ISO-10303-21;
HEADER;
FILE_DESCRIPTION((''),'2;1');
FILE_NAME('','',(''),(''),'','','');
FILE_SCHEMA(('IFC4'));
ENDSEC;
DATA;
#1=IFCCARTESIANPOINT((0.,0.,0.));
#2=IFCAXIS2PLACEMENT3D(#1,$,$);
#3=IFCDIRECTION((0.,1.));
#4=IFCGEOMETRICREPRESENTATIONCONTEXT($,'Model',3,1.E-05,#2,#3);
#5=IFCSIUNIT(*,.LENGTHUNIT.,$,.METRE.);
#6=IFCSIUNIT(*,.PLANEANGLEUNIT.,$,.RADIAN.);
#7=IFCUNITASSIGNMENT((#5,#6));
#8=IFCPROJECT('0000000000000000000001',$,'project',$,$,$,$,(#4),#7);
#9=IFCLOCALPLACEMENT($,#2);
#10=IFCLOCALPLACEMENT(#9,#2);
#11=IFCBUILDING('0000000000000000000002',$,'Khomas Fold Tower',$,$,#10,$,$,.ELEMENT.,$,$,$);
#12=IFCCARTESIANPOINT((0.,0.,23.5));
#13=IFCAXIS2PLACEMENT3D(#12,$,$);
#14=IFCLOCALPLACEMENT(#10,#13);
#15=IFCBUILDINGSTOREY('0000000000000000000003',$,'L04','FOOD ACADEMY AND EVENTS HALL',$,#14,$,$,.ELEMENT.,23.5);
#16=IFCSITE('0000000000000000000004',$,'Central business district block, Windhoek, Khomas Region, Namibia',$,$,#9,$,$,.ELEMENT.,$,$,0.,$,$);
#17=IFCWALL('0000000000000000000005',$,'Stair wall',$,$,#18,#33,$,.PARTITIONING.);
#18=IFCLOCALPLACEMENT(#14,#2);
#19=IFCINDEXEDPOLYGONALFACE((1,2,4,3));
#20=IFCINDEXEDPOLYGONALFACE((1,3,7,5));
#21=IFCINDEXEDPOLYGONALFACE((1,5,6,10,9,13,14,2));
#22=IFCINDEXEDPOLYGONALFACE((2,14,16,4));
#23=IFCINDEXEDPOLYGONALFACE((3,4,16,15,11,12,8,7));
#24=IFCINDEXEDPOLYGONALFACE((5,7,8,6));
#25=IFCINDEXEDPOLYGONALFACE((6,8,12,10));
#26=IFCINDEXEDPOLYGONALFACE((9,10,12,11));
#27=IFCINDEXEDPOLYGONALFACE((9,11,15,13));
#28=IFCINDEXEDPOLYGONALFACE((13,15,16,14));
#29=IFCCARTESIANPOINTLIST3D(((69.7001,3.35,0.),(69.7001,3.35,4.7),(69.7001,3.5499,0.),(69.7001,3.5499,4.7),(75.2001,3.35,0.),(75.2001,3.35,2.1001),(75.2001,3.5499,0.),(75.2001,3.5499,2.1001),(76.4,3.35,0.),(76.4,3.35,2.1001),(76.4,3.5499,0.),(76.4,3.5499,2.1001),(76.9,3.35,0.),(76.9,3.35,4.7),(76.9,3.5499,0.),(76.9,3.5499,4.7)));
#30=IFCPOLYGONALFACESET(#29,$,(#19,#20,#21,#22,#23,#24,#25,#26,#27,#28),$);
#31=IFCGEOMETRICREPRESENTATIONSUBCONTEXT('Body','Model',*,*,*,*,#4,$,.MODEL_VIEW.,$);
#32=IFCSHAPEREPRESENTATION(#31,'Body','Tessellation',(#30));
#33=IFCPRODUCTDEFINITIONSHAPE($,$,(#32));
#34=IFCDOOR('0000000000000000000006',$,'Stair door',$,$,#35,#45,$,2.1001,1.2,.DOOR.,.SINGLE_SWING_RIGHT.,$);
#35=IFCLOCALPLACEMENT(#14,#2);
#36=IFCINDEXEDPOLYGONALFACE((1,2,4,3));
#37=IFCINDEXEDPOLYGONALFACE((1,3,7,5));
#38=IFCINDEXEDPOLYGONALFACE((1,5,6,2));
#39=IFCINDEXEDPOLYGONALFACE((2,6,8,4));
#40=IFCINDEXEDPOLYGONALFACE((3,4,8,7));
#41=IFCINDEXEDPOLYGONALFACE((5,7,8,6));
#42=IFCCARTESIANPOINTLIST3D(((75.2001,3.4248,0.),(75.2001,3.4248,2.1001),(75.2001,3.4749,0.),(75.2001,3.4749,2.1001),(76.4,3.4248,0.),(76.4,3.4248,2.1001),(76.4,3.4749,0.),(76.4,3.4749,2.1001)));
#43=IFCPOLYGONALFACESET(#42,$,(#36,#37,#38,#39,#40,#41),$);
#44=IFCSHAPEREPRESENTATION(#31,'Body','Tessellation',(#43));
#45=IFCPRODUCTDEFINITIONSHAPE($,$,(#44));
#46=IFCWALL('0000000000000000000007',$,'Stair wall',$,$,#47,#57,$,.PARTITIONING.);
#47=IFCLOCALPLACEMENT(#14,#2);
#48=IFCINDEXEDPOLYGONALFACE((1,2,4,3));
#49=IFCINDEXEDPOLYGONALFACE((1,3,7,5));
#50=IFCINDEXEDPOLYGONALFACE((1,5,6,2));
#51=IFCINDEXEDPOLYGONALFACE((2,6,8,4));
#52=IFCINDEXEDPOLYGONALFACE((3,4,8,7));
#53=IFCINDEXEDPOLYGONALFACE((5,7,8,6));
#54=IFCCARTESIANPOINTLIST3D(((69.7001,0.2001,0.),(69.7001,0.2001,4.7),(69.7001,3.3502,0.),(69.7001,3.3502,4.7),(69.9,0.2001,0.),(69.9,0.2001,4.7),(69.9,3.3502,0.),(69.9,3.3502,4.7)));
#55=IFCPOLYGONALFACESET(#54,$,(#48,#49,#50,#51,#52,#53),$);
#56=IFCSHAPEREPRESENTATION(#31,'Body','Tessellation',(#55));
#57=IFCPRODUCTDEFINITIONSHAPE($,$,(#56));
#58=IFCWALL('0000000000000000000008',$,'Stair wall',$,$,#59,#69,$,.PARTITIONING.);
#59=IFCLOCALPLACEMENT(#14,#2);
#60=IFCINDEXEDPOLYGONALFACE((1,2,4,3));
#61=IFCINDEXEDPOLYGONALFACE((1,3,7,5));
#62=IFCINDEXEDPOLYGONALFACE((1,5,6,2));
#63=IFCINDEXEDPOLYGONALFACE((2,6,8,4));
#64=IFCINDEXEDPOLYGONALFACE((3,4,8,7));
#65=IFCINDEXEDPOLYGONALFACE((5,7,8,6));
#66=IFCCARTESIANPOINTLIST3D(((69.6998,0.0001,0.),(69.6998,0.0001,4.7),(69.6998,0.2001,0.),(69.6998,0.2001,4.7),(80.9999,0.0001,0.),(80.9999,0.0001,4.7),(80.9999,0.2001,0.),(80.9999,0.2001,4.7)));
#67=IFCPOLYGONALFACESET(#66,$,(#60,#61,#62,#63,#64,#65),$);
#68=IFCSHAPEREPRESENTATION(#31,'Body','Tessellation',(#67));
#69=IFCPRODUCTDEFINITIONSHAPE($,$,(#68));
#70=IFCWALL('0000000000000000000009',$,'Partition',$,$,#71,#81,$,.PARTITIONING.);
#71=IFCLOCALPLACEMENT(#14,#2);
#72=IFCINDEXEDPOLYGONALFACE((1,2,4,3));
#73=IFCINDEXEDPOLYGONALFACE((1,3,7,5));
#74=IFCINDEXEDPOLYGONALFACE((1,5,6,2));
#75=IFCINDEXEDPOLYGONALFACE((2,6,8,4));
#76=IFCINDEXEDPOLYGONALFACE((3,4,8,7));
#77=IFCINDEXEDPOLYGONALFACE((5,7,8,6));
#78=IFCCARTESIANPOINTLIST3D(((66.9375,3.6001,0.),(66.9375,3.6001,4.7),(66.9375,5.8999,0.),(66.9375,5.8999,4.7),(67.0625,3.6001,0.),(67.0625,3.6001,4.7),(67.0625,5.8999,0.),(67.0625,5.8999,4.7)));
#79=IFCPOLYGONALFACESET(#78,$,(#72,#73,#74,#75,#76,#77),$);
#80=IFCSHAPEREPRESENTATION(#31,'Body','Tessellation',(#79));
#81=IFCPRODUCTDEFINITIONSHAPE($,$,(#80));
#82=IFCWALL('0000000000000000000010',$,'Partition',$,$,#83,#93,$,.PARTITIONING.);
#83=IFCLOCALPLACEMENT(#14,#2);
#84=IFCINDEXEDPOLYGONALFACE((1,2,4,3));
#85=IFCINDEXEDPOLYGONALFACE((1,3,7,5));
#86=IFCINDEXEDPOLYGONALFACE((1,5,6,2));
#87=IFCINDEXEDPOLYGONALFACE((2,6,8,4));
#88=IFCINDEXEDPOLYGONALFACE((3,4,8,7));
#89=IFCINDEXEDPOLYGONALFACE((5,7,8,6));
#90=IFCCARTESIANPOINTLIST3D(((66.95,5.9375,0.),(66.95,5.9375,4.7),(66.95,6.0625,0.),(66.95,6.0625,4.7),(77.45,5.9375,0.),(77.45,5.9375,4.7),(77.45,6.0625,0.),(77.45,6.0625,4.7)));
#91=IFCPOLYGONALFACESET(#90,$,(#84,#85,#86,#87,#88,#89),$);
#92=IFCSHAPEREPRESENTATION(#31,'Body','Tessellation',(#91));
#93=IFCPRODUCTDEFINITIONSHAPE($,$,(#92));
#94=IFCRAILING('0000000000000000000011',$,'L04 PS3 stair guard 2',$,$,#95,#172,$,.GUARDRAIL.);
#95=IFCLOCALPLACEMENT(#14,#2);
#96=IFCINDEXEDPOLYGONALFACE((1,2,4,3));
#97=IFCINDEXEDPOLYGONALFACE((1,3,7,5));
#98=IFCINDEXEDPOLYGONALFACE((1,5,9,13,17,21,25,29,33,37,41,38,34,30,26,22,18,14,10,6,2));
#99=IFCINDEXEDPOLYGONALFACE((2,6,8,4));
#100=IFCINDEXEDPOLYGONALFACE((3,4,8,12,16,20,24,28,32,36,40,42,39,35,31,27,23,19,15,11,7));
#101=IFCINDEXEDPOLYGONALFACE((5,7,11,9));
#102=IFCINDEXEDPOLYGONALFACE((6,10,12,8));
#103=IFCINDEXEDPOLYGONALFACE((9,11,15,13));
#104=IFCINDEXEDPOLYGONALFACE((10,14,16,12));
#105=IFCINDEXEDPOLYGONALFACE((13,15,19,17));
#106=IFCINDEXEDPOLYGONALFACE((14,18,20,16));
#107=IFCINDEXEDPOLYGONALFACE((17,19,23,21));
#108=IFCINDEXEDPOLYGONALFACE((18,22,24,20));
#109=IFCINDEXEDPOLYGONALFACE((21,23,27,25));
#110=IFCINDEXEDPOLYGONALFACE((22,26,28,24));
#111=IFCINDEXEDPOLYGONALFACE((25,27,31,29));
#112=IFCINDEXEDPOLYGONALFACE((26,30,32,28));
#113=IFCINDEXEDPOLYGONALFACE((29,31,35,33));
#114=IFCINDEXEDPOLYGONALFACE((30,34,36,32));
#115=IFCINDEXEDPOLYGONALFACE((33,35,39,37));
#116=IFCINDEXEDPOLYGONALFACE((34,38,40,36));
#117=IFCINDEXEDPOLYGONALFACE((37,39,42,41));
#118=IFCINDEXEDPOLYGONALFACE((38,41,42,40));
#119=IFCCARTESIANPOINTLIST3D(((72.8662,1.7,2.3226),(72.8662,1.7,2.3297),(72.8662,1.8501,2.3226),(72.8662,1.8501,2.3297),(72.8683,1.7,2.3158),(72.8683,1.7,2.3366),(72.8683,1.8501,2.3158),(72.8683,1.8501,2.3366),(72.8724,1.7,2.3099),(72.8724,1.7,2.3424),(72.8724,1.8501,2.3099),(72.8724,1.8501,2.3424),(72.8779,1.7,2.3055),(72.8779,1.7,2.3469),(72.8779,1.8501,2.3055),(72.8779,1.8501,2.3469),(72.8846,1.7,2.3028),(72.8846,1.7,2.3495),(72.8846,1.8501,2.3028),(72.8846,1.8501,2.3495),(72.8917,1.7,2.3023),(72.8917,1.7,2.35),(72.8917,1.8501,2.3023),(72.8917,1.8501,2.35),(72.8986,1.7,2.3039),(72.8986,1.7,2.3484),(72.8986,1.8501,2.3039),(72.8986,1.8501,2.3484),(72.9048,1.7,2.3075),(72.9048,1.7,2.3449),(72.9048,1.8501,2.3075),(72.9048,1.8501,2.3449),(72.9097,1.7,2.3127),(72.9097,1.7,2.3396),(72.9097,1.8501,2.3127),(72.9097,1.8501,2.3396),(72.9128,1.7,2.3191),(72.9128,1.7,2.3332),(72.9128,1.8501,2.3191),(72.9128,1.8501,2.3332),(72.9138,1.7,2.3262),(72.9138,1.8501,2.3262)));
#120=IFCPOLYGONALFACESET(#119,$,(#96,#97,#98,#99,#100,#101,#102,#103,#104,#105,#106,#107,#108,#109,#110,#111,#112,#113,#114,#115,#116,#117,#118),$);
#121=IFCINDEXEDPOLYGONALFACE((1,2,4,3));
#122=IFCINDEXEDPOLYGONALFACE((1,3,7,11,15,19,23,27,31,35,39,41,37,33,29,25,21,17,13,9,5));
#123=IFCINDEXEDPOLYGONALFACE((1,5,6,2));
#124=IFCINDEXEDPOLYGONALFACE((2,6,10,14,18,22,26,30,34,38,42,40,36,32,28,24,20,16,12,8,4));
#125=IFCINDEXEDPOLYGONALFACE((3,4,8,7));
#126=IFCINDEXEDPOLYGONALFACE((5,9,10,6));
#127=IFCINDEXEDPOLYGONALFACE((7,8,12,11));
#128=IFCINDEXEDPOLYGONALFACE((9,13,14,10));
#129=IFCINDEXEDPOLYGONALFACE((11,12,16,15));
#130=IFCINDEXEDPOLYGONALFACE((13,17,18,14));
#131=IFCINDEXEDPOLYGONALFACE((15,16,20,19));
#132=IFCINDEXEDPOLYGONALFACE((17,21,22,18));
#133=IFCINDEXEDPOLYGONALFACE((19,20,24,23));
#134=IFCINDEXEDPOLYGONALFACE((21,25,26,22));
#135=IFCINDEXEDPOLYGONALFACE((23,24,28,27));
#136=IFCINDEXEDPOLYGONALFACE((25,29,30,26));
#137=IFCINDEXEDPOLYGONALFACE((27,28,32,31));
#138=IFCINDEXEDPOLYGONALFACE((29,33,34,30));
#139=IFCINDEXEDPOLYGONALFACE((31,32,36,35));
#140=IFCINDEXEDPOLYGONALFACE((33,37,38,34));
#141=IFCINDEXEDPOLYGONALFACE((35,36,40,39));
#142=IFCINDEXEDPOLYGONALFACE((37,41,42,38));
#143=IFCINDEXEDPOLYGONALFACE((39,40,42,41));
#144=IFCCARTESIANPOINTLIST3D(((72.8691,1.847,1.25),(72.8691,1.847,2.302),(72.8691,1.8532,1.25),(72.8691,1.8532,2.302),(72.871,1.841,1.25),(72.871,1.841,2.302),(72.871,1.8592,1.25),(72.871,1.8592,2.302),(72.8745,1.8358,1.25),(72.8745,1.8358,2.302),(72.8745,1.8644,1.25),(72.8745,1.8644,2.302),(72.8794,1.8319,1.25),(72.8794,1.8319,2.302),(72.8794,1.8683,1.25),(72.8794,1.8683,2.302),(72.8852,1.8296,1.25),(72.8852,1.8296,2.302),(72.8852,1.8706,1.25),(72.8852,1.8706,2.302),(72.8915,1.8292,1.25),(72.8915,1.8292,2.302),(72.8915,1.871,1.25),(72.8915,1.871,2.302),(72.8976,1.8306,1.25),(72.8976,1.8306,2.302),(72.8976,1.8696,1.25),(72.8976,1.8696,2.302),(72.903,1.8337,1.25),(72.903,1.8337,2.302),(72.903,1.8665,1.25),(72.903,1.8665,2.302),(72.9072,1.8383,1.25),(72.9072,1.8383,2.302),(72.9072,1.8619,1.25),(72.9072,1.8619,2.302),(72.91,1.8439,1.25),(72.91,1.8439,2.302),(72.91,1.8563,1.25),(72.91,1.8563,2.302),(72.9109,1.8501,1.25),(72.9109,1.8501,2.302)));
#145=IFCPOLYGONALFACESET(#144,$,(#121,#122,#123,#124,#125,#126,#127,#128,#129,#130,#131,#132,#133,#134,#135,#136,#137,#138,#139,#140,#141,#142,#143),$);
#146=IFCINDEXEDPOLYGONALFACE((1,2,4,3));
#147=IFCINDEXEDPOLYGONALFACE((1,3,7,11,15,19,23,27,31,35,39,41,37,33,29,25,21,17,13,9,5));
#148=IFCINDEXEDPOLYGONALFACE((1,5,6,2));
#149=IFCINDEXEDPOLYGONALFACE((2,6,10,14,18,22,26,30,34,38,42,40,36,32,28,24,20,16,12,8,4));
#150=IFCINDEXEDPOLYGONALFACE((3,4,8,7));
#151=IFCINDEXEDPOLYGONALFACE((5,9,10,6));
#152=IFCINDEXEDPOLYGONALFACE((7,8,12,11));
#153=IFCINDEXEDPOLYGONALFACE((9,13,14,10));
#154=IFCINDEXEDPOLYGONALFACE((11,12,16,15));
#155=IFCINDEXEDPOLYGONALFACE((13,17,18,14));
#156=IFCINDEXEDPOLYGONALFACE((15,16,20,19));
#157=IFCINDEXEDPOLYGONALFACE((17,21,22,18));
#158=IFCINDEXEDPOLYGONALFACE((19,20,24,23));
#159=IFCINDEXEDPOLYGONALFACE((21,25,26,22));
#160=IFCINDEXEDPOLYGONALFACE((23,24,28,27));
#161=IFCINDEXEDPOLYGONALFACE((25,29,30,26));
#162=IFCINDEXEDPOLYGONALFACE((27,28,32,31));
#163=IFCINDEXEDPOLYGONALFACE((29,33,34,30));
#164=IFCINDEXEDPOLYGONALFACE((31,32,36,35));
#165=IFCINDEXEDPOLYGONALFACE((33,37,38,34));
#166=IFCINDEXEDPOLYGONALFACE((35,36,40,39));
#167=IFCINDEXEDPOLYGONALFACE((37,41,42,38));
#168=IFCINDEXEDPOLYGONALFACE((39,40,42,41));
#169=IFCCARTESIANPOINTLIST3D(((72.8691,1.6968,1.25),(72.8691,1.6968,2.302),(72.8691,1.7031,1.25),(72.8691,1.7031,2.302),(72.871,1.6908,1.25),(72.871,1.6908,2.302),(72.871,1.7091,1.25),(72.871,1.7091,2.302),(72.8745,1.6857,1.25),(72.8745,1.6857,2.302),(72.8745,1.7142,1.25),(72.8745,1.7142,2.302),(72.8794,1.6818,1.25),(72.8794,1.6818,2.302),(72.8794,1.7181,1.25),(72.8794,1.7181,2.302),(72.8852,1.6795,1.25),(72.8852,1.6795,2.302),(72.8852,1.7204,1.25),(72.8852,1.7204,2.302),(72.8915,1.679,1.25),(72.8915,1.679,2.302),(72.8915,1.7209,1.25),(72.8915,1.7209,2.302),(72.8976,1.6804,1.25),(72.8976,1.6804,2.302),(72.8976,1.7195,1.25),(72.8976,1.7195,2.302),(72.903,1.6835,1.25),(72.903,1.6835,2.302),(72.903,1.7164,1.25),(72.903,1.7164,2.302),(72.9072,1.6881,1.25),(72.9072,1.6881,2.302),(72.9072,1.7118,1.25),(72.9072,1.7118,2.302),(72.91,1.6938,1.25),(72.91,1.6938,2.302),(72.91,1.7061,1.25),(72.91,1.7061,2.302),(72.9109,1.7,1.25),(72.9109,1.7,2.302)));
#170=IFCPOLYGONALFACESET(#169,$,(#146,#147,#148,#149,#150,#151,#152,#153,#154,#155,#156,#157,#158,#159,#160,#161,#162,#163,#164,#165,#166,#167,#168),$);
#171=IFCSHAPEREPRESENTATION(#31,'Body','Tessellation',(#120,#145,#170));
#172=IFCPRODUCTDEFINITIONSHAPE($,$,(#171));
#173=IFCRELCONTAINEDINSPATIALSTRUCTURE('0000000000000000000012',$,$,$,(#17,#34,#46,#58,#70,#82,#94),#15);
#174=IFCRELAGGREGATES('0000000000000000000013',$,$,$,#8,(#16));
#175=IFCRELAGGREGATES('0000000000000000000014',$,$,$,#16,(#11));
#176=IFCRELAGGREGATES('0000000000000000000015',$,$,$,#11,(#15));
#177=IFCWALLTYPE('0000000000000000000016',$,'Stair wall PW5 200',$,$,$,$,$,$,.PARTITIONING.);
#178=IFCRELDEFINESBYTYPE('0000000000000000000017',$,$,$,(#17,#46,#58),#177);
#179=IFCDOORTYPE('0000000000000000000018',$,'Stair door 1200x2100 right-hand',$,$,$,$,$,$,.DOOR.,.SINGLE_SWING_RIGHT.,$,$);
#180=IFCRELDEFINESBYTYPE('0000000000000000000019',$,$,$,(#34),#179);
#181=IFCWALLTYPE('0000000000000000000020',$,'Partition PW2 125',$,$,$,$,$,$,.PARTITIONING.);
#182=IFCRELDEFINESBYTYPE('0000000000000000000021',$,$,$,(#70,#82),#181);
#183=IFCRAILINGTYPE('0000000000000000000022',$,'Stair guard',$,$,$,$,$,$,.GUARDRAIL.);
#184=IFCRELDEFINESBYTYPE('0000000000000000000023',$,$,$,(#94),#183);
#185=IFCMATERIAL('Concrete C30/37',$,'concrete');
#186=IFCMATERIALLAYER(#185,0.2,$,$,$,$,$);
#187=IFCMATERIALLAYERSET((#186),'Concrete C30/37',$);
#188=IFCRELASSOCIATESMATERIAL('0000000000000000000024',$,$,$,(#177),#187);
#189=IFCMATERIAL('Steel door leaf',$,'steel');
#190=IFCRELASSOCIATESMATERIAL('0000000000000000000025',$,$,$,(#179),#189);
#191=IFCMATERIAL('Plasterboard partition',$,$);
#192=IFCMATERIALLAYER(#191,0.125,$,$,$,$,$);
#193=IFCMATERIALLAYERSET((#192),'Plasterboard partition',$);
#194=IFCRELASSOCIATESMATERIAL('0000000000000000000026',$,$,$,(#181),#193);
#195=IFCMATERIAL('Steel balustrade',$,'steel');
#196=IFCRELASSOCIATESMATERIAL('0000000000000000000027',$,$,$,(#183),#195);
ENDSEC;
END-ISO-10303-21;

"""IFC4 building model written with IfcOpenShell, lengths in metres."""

from ifc_helpers import new_model, si_unit, direction, frame, frame_2d, origin, origin_2d, place, context, subcontext, project, spatial, rectangle, circle, extrude, source, transform, mapped, material, layer, layer_set, type_object, element, fill, save


model = new_model("IFC4")

# Units and contexts
model_context = context("Model", 3, precision=1e-05, world=origin(), true_north=direction((0.0, 1.0)))
body_context = subcontext(model_context, "Body", "Model", "MODEL_VIEW")
ifc_project = project(units=[si_unit("LENGTHUNIT", "METRE"), si_unit("PLANEANGLEUNIT", "RADIAN")], contexts=[model_context])

# Site, building, storey
site_placement = place(None, origin())
site = spatial("IfcSite", under=ifc_project, at=site_placement, Name="Central business district block, Windhoek, Khomas Region, Namibia", CompositionType="ELEMENT", RefElevation=0.0)
building_placement = place(site_placement, origin())
building = spatial("IfcBuilding", under=site, at=building_placement, Name="Khomas Fold Tower", CompositionType="ELEMENT")
storey_placement = place(building_placement, frame((0.0, 0.0, 23.5)))
storey = spatial("IfcBuildingStorey", under=building, at=storey_placement, Name="L04", Description="FOOD ACADEMY AND EVENTS HALL", CompositionType="ELEMENT", Elevation=23.5)

# Wall, opening, door
ifc_material_1 = material(Name="Concrete C30/37", Category="concrete")
ifc_layer_1 = layer(ifc_material_1, 0.2)
ifc_layer_set_1 = layer_set([ifc_layer_1], Name="Concrete C30/37")
wall_type_1 = type_object("IfcWallType", Name="Stair wall PW5 200", PredefinedType="PARTITIONING", material=ifc_layer_set_1)
shared_shape_1 = source(origin(), body_context, "Body", "SweptSolid", [
    extrude(rectangle(XDim=7.2, YDim=0.2, at=frame_2d((3.6001, 0.0))), origin(), (0.0, 0.0, 1.0), 4.7),
])
wall_1_placement = place(storey_placement, frame((69.7, 3.45, 0.0), z_axis=(0.0, 0.0, 1.0), x_axis=(1.0, 0.0, 0.0)))
wall_1 = element("IfcWall", 1, at=wall_1_placement, inside=storey, type_object=wall_type_1, Name="Stair wall", PredefinedType="PARTITIONING", context=body_context, shape_type="MappedRepresentation", body=[
    mapped(shared_shape_1, transform((0.0, 0.0, 0.0))),
])
shared_shape_2 = source(origin(), body_context, "Body", "SweptSolid", [
    extrude(rectangle(XDim=1.2, YDim=2.1001, at=frame_2d((0.6001, 1.05))), frame((0.0, 0.1099, 0.0), z_axis=(0.0, -1.0, 0.0), x_axis=(1.0, 0.0, 0.0)), (0.0, 0.0, 1.0), 0.22),
])
opening_placement = place(wall_1_placement, frame((5.5, 0.0, 0.0)))
opening = element("IfcOpeningElement", 2, at=opening_placement, cuts=wall_1, PredefinedType="OPENING", context=body_context, shape_type="MappedRepresentation", body=[
    mapped(shared_shape_2, transform((0.0, 0.0, 0.0))),
])
ifc_material_2 = material(Name="Steel door leaf", Category="steel")
door_type = type_object("IfcDoorType", Name="Stair door 1200x2100 right-hand", OperationType="SINGLE_SWING_RIGHT", PredefinedType="DOOR", material=ifc_material_2)
shared_shape_3 = source(origin(), body_context, "Body", "SweptSolid", [
    extrude(rectangle(XDim=1.2, YDim=2.1001, at=frame_2d((0.6001, 1.05))), frame((0.0, 0.0249, 0.0), z_axis=(0.0, -1.0, 0.0), x_axis=(1.0, 0.0, 0.0)), (0.0, 0.0, 1.0), 0.05),
])
door_placement = place(opening_placement, origin())
door = element("IfcDoor", 3, at=door_placement, inside=storey, type_object=door_type, Name="Stair door", OperationType="SINGLE_SWING_RIGHT", OverallHeight=2.1001, OverallWidth=1.2, PredefinedType="DOOR", context=body_context, shape_type="MappedRepresentation", body=[
    mapped(shared_shape_3, transform((0.0, 0.0, 0.0))),
])
fill(opening, door)

# Walls
shared_shape_4 = source(origin(), body_context, "Body", "SweptSolid", [
    extrude(rectangle(XDim=3.1501, YDim=0.2, at=frame_2d((1.5752, 0.0))), origin(), (0.0, 0.0, 1.0), 4.7),
])
wall_2_placement = place(storey_placement, frame((69.8, 0.2, 0.0), z_axis=(0.0, 0.0, 1.0), x_axis=(0.0, 1.0, 0.0)))
element("IfcWall", 4, at=wall_2_placement, inside=storey, type_object=wall_type_1, Name="Stair wall", PredefinedType="PARTITIONING", context=body_context, shape_type="MappedRepresentation", body=[
    mapped(shared_shape_4, transform((0.0, 0.0, 0.0))),
])
shared_shape_5 = source(origin(), body_context, "Body", "SweptSolid", [
    extrude(rectangle(XDim=11.3, YDim=0.2, at=frame_2d((5.6499, 0.0))), origin(), (0.0, 0.0, 1.0), 4.7),
])
wall_3_placement = place(storey_placement, frame((69.7, 0.1001, 0.0), z_axis=(0.0, 0.0, 1.0), x_axis=(1.0, 0.0, 0.0)))
element("IfcWall", 5, at=wall_3_placement, inside=storey, type_object=wall_type_1, Name="Stair wall", PredefinedType="PARTITIONING", context=body_context, shape_type="MappedRepresentation", body=[
    mapped(shared_shape_5, transform((0.0, 0.0, 0.0))),
])
ifc_material_3 = material(Name="Plasterboard partition")
ifc_layer_2 = layer(ifc_material_3, 0.125)
ifc_layer_set_2 = layer_set([ifc_layer_2], Name="Plasterboard partition")
wall_type_2 = type_object("IfcWallType", Name="Partition PW2 125", PredefinedType="PARTITIONING", material=ifc_layer_set_2)
shared_shape_6 = source(origin(), body_context, "Body", "SweptSolid", [
    extrude(rectangle(XDim=2.2998, YDim=0.125, at=frame_2d((1.1499, 0.0))), origin(), (0.0, 0.0, 1.0), 4.7),
])
wall_4_placement = place(storey_placement, frame((67.0, 3.6001, 0.0), z_axis=(0.0, 0.0, 1.0), x_axis=(0.0, 1.0, 0.0)))
element("IfcWall", 6, at=wall_4_placement, inside=storey, type_object=wall_type_2, Name="Partition", PredefinedType="PARTITIONING", context=body_context, shape_type="MappedRepresentation", body=[
    mapped(shared_shape_6, transform((0.0, 0.0, 0.0))),
])
shared_shape_7 = source(origin(), body_context, "Body", "SweptSolid", [
    extrude(rectangle(XDim=10.5, YDim=0.125, at=frame_2d((5.25, 0.0))), origin(), (0.0, 0.0, 1.0), 4.7),
])
wall_5_placement = place(storey_placement, frame((66.95, 6.0, 0.0), z_axis=(0.0, 0.0, 1.0), x_axis=(1.0, 0.0, 0.0)))
element("IfcWall", 7, at=wall_5_placement, inside=storey, type_object=wall_type_2, Name="Partition", PredefinedType="PARTITIONING", context=body_context, shape_type="MappedRepresentation", body=[
    mapped(shared_shape_7, transform((0.0, 0.0, 0.0))),
])

# Railing
ifc_material_4 = material(Name="Steel balustrade", Category="steel")
railing_type = type_object("IfcRailingType", Name="Stair guard", PredefinedType="GUARDRAIL", material=ifc_material_4)
shared_shape_8 = source(origin(), body_context, "Body", "SweptSolid", [
    extrude(circle(Radius=0.0239, at=origin_2d()), frame((0.0, 0.0, 1.0762), z_axis=(0.0, -1.0, 0.0), x_axis=(1.0, 0.0, 0.0)), (0.0, 0.0, 1.0), 0.1501),
    extrude(circle(Radius=0.021, at=origin_2d()), origin(), (0.0, 0.0, 1.0), 1.052),
    extrude(circle(Radius=0.021, at=origin_2d()), frame((0.0, -0.1501, 0.0)), (0.0, 0.0, 1.0), 1.052),
])
for number, where, name in (
    (8, (72.8899, 1.8501, 1.25), "L04 PS3 stair guard 2"),
):
    element("IfcRailing", number, at=place(storey_placement, frame(where)), inside=storey, type_object=railing_type, Name=name, PredefinedType="GUARDRAIL", context=body_context, shape_type="MappedRepresentation", body=[
        mapped(shared_shape_8, transform((0.0, 0.0, 0.0))),
    ])

save(model, "model.ifc")
